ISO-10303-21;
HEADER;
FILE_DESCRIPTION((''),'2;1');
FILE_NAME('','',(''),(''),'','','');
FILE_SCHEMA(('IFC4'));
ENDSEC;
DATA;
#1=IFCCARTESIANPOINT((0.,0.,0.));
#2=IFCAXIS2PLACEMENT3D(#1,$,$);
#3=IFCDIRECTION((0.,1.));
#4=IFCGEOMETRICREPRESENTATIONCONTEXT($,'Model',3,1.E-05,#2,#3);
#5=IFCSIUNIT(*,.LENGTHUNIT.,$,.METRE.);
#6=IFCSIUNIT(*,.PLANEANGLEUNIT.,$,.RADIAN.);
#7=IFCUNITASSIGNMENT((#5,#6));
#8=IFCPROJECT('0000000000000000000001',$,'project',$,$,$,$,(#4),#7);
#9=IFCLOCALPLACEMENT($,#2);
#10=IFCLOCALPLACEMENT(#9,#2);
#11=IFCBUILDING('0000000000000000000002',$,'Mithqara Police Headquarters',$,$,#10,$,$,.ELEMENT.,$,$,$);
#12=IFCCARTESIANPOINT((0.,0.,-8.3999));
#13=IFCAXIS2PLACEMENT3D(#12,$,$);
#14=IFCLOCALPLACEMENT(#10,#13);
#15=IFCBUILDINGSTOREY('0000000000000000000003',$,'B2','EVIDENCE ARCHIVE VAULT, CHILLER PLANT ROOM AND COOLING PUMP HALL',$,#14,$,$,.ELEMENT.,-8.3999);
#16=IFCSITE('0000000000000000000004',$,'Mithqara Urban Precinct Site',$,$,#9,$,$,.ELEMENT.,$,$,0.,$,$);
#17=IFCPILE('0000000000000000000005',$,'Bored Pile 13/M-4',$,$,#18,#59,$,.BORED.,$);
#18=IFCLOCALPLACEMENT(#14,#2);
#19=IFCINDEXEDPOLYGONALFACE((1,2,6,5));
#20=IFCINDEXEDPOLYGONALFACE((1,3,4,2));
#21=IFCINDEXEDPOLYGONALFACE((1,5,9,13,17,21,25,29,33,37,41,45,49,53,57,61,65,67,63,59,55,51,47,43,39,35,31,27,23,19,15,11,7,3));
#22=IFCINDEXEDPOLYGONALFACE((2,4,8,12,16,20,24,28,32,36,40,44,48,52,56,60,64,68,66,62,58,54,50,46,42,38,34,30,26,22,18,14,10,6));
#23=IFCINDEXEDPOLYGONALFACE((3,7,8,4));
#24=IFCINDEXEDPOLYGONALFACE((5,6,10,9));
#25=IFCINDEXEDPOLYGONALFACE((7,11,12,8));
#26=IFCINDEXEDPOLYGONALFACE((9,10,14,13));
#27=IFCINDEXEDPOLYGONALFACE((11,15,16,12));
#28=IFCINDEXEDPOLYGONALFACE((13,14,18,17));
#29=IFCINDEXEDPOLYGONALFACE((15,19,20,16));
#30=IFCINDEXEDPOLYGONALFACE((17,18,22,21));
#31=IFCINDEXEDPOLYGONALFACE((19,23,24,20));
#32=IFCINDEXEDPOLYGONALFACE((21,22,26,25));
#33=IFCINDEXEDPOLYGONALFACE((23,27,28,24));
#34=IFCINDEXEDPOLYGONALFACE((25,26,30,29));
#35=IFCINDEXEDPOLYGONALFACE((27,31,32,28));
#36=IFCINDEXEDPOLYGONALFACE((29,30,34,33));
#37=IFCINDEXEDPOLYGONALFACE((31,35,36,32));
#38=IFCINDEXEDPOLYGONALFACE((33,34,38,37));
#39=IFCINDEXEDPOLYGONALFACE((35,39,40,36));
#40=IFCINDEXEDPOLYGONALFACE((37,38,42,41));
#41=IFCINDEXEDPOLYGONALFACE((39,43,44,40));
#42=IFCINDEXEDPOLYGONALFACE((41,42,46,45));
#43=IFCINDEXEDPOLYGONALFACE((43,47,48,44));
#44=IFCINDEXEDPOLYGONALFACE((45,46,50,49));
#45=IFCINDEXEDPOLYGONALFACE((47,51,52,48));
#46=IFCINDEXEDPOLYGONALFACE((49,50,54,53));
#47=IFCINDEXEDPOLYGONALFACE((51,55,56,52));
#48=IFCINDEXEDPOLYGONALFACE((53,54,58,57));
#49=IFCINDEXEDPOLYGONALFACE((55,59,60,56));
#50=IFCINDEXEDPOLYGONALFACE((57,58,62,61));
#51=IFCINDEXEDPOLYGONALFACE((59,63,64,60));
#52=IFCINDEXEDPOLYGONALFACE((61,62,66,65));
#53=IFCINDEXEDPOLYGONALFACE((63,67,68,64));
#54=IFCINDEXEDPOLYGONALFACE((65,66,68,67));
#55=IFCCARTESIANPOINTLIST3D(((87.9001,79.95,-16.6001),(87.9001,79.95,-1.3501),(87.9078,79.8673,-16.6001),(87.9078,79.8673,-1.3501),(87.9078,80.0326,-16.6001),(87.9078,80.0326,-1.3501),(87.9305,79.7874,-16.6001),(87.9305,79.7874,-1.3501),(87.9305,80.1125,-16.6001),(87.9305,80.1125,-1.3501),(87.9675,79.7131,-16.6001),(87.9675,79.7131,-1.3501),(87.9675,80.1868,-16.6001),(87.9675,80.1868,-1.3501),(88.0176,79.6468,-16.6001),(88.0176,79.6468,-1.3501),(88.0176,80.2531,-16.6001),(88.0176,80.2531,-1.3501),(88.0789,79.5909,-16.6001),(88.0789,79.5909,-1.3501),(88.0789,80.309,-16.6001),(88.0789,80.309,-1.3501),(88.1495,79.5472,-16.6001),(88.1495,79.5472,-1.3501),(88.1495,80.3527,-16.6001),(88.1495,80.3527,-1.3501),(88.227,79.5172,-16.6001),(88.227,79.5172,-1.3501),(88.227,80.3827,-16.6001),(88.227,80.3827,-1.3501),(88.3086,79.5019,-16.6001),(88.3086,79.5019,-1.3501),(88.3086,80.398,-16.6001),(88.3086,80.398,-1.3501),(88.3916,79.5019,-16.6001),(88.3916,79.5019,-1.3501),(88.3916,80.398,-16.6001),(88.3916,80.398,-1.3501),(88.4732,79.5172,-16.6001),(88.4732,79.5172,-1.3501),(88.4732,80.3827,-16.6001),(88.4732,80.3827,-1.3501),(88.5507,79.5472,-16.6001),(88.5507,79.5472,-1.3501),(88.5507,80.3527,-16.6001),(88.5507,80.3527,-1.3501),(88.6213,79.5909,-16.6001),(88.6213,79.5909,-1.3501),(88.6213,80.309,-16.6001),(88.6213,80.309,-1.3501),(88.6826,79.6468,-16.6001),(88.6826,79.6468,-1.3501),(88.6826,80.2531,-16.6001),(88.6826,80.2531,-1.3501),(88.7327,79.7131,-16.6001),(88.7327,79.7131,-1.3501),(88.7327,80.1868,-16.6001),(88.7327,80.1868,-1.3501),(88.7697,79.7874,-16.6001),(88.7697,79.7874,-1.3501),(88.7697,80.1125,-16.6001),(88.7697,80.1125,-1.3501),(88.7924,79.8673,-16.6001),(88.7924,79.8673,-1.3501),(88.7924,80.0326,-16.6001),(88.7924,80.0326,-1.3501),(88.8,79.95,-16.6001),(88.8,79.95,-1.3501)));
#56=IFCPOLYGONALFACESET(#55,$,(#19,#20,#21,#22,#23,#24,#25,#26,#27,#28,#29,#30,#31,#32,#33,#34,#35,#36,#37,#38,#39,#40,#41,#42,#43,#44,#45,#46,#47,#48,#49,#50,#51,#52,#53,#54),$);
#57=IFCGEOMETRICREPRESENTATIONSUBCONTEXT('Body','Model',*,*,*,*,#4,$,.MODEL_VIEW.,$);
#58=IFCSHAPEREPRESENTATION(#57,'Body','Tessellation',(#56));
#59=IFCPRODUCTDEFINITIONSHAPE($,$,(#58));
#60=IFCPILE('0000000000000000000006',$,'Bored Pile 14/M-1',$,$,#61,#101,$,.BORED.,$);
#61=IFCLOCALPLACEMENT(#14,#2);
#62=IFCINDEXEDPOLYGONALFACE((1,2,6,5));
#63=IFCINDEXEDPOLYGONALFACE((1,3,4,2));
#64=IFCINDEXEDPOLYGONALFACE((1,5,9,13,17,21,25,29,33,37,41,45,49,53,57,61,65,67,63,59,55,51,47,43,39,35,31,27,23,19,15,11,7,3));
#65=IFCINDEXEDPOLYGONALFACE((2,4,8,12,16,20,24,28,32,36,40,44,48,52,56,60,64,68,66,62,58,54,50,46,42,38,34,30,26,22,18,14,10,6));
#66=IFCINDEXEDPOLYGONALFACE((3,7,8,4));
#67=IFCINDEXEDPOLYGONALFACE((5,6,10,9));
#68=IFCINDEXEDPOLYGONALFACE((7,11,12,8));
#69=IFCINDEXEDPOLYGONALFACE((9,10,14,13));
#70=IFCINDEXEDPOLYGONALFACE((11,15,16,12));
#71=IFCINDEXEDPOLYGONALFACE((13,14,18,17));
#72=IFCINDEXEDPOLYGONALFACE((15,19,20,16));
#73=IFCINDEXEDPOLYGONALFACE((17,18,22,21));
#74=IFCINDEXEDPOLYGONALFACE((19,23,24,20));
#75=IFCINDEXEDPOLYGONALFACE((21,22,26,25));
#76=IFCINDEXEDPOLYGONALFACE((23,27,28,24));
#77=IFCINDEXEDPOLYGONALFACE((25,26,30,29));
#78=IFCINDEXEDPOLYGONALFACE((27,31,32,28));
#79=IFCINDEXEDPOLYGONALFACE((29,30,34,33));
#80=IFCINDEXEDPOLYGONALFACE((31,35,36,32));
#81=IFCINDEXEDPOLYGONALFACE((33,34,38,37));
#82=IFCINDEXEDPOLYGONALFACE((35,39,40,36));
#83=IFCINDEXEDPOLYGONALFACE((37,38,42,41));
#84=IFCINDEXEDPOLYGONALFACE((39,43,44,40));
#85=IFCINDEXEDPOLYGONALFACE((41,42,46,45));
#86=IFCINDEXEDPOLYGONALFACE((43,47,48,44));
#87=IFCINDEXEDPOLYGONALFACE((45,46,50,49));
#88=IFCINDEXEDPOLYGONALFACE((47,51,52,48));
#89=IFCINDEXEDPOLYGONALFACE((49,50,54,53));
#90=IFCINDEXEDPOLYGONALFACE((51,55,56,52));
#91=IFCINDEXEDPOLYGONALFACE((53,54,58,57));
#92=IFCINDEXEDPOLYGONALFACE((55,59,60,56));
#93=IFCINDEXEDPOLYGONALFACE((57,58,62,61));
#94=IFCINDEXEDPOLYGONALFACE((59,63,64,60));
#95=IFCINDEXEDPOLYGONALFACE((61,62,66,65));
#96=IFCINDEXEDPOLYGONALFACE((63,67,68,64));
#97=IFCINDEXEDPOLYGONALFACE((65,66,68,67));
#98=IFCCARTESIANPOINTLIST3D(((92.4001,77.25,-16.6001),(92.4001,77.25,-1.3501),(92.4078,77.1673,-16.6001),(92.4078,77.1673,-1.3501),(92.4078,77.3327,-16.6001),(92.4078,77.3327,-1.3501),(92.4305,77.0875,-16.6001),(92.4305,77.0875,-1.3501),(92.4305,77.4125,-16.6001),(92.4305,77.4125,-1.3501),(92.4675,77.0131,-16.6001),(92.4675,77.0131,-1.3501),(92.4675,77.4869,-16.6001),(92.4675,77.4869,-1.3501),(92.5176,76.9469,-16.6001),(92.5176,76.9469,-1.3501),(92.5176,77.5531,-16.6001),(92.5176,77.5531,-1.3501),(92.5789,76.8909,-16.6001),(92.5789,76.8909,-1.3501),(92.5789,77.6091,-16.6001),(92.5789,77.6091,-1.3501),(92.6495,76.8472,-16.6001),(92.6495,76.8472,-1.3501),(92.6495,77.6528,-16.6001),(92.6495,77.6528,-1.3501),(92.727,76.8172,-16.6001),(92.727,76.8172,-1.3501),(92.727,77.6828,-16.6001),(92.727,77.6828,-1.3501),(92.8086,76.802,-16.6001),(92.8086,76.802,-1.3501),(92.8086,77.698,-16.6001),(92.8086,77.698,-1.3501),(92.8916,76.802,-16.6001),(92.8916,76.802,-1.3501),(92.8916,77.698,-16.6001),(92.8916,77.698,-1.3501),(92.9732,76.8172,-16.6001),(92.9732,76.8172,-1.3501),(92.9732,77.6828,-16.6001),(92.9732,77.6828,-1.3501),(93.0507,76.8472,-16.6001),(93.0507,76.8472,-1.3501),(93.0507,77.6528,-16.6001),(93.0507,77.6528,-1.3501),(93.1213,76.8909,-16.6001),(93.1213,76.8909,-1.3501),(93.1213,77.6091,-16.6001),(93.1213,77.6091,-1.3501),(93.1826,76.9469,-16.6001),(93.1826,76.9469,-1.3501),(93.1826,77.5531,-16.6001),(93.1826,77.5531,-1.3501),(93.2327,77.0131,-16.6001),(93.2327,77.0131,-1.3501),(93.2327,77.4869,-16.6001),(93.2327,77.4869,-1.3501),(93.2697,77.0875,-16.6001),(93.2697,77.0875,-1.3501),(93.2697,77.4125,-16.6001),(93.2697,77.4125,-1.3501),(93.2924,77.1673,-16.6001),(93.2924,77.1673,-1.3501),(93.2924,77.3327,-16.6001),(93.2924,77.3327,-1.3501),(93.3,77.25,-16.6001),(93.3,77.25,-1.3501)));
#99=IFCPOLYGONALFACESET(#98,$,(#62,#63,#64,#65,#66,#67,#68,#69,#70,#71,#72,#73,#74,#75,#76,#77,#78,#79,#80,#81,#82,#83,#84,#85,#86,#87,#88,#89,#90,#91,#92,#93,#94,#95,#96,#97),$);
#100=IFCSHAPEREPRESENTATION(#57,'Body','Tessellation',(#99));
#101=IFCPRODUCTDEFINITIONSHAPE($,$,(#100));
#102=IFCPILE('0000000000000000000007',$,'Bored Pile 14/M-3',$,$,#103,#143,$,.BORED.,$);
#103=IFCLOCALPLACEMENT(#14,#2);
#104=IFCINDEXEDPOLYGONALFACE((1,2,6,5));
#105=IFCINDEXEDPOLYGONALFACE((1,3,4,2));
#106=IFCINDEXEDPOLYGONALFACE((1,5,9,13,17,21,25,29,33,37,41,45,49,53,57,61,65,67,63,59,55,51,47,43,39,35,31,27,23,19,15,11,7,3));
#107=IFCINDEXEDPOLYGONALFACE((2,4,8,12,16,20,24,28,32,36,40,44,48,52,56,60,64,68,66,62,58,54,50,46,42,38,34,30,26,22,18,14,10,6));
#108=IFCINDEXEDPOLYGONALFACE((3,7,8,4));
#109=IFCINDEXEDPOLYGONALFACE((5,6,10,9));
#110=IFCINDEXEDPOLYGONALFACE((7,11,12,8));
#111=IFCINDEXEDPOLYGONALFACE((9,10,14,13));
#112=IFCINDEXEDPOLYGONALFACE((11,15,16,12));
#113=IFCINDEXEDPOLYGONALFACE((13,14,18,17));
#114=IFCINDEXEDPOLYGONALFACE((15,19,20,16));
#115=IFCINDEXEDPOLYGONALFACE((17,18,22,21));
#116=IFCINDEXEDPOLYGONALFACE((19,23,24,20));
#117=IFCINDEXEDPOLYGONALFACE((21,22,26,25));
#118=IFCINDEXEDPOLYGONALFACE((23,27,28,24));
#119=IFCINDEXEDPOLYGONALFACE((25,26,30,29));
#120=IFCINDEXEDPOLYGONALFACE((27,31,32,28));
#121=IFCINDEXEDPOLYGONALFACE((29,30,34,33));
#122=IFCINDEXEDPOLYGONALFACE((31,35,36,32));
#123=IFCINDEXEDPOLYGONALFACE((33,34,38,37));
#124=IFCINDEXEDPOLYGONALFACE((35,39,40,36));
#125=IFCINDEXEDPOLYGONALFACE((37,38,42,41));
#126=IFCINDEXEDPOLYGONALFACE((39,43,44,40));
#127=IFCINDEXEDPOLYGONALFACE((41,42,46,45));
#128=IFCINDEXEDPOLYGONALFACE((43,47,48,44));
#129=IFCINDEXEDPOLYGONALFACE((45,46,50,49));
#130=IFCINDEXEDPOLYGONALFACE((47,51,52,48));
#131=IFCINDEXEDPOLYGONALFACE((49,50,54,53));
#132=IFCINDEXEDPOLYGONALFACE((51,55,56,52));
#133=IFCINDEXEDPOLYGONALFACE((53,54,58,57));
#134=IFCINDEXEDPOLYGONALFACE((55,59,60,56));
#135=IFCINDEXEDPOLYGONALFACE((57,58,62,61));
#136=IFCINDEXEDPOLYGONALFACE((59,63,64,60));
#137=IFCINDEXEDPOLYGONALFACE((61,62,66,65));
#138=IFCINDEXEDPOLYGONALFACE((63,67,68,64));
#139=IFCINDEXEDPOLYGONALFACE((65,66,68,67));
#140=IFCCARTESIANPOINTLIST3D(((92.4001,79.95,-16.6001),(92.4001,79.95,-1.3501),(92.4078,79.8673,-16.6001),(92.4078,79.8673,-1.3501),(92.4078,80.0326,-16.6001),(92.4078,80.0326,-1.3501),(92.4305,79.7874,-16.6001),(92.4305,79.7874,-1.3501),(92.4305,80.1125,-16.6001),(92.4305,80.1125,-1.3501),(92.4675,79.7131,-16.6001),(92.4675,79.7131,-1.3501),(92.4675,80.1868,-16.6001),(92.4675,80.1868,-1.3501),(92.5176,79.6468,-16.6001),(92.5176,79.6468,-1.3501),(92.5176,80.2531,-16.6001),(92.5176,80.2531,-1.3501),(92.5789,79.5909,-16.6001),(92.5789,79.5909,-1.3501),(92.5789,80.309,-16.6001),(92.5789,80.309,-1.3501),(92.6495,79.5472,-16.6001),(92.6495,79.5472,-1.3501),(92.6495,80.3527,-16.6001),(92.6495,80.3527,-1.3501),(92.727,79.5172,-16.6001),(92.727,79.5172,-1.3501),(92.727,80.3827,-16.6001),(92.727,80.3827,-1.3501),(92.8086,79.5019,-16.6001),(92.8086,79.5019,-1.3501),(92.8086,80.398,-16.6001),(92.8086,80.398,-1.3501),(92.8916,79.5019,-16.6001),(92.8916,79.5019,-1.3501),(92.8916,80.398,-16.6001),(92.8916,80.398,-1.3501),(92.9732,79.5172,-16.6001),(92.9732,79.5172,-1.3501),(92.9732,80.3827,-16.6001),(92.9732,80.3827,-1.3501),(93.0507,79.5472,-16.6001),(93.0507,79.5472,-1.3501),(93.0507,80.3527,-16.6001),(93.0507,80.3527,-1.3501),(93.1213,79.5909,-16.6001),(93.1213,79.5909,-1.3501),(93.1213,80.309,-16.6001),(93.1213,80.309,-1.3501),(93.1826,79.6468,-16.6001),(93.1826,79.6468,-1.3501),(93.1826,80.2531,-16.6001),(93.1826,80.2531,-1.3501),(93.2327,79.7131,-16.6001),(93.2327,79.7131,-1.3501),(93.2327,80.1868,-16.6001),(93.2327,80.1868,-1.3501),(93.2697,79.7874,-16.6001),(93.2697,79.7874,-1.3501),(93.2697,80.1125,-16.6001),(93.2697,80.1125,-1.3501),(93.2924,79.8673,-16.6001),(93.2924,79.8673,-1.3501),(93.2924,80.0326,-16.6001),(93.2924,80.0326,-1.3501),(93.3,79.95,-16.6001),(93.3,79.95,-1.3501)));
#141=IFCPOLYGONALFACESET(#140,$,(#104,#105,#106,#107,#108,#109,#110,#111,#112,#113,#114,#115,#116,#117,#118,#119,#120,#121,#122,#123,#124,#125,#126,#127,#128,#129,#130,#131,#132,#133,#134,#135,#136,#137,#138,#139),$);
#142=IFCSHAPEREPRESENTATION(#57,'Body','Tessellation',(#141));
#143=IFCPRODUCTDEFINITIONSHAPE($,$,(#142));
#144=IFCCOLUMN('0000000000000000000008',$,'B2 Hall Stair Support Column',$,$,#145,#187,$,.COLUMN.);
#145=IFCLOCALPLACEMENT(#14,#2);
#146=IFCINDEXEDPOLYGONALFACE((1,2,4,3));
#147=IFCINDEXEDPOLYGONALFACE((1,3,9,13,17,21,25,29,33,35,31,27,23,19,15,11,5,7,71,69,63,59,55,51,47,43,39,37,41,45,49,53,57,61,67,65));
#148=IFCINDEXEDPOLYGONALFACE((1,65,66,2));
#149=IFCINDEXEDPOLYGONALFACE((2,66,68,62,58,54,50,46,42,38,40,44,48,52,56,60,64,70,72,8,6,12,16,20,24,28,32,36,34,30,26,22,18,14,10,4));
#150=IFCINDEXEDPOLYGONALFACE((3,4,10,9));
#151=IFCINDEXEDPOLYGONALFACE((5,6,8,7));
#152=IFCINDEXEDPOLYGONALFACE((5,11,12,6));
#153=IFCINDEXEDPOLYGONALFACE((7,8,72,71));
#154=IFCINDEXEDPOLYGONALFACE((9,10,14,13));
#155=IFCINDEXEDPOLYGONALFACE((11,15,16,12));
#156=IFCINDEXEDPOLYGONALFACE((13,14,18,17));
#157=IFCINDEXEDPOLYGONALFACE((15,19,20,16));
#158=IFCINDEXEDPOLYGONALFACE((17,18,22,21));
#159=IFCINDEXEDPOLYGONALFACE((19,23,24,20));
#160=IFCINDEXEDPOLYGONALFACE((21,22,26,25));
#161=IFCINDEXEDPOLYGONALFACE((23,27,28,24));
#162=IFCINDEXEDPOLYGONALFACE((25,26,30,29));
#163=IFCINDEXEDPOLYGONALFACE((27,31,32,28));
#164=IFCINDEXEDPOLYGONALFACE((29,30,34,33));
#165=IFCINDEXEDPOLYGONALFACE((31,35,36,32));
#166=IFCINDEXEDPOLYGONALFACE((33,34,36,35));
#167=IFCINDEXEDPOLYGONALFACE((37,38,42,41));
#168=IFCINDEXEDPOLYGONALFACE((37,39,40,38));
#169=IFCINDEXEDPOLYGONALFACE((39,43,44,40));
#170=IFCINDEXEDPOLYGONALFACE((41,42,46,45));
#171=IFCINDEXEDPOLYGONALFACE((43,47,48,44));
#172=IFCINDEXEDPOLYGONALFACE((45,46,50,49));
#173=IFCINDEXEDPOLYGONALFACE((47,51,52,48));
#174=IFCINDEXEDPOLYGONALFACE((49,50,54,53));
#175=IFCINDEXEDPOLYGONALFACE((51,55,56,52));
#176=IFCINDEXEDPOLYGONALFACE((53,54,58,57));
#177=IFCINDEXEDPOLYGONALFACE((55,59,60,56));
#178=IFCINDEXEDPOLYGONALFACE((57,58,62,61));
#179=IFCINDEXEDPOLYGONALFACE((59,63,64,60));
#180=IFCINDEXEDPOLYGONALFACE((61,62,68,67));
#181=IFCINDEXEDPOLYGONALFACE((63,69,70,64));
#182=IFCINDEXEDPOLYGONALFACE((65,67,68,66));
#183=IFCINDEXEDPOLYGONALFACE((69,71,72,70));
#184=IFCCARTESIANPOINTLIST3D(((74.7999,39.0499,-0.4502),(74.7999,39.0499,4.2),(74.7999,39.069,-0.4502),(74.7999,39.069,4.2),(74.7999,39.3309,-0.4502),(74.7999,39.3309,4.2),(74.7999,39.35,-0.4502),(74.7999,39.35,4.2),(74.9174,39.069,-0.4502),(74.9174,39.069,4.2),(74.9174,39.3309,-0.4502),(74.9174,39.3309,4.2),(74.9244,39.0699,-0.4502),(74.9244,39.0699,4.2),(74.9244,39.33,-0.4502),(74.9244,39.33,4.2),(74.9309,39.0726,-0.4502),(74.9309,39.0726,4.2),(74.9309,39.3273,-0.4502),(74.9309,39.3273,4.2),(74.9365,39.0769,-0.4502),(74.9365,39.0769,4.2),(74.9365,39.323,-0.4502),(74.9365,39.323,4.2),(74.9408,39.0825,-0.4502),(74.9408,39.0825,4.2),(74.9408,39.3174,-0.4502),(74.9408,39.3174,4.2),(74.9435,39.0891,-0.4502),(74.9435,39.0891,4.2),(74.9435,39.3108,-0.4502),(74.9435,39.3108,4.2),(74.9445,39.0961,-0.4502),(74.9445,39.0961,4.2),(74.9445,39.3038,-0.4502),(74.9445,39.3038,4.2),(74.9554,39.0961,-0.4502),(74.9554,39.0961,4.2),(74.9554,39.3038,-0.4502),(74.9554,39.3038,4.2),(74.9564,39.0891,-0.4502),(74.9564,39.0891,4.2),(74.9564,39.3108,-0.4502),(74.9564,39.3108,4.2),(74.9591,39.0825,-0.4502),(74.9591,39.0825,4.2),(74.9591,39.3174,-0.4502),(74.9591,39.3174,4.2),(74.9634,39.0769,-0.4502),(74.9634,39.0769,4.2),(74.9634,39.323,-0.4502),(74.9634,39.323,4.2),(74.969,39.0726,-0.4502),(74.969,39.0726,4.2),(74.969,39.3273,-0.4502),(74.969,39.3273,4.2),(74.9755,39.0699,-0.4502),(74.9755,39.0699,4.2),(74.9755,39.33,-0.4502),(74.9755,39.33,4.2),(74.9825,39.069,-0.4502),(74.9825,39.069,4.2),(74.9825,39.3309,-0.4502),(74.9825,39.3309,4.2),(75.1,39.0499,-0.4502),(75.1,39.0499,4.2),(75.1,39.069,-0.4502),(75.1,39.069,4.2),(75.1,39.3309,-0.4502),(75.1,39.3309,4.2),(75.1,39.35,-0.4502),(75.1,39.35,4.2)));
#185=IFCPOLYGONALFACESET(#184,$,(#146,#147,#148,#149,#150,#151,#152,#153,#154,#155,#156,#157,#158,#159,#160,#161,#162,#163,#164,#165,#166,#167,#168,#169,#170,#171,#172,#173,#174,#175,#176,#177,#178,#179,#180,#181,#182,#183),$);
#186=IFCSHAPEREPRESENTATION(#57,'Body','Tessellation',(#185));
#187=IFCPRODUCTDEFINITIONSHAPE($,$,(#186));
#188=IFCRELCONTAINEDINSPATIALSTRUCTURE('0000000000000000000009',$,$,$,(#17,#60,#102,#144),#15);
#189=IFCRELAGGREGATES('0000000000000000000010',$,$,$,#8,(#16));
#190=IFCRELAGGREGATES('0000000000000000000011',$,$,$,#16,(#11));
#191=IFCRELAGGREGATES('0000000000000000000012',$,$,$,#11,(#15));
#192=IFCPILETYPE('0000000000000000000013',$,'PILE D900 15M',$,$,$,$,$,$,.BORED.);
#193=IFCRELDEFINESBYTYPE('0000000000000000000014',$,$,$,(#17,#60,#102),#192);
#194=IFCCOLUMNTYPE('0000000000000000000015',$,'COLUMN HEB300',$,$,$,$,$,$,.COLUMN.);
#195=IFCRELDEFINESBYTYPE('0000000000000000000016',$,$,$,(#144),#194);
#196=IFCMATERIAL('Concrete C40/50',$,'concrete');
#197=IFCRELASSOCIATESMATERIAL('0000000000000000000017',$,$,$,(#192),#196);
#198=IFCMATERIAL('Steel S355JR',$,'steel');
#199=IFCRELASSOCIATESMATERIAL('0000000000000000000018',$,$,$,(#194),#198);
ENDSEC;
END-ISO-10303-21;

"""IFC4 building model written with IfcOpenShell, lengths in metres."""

from ifc_helpers import new_model, si_unit, direction, frame, origin, origin_2d, place, context, subcontext, project, spatial, circle, i_section, extrude, material, material_profile, profile_set, type_object, element, save


model = new_model("IFC4")

# Units and contexts
model_context = context("Model", 3, precision=1e-05, world=origin(), true_north=direction((0.0, 1.0)))
body_context = subcontext(model_context, "Body", "Model", "MODEL_VIEW")
ifc_project = project(units=[si_unit("LENGTHUNIT", "METRE"), si_unit("PLANEANGLEUNIT", "RADIAN")], contexts=[model_context])

# Site, building, storey
site_placement = place(None, origin())
site = spatial("IfcSite", under=ifc_project, at=site_placement, Name="Mithqara Urban Precinct Site", CompositionType="ELEMENT", RefElevation=0.0)
building_placement = place(site_placement, origin())
building = spatial("IfcBuilding", under=site, at=building_placement, Name="Mithqara Police Headquarters", CompositionType="ELEMENT")
storey_placement = place(building_placement, frame((0.0, 0.0, -8.3999)))
storey = spatial("IfcBuildingStorey", under=building, at=storey_placement, Name="B2", Description="EVIDENCE ARCHIVE VAULT, CHILLER PLANT ROOM AND COOLING PUMP HALL", CompositionType="ELEMENT", Elevation=-8.3999)

# Shared definitions
ifc_material_1 = material(Name="Concrete C40/50", Category="concrete")

# Piles
ifc_material_profile_1 = material_profile(ifc_material_1, circle(Radius=0.45, at=origin_2d()), Name="PILE D900")
ifc_profile_set_1 = profile_set([ifc_material_profile_1], Name="Concrete C40/50")
pile_type_1 = type_object("IfcPileType", Name="PILE D900 15M", PredefinedType="BORED", material=ifc_profile_set_1)
for number, where, z_axis, x_axis, name in (
    (1, (88.3501, 79.95, -1.3501), (0.0, 0.0, -1.0), (1.0, 0.0, 0.0), "Bored Pile 13/M-4"),
    (2, (92.8501, 77.25, -1.3501), (0.0, 0.0, -1.0), (1.0, 0.0, 0.0), "Bored Pile 14/M-1"),
    (3, (92.8501, 79.95, -1.3501), (0.0, 0.0, -1.0), (1.0, 0.0, 0.0), "Bored Pile 14/M-3"),
):
    element("IfcPile", number, at=place(storey_placement, frame(where, z_axis=z_axis, x_axis=x_axis)), inside=storey, type_object=pile_type_1, Name=name, PredefinedType="BORED", context=body_context, shape_type="SweptSolid", body=[
        extrude(circle(Radius=0.45, at=origin_2d()), origin(), (0.0, 0.0, 1.0), 15.25),
    ])

# Column
ifc_material_2 = material(Name="Steel S355JR", Category="steel")
ifc_material_profile_2 = material_profile(ifc_material_2, i_section(OverallWidth=0.3, OverallDepth=0.3, WebThickness=0.011, FlangeThickness=0.019, FilletRadius=0.0271, at=origin_2d()), Name="HEB 300")
ifc_profile_set_2 = profile_set([ifc_material_profile_2], Name="Steel S355JR")
column_type_1 = type_object("IfcColumnType", Name="COLUMN HEB300", PredefinedType="COLUMN", material=ifc_profile_set_2)
for number, where, z_axis, x_axis, name in (
    (4, (74.95, 39.2, -0.4502), (0.0, 0.0, 1.0), (1.0, 0.0, 0.0), "B2 Hall Stair Support Column"),
):
    element("IfcColumn", number, at=place(storey_placement, frame(where, z_axis=z_axis, x_axis=x_axis)), inside=storey, type_object=column_type_1, Name=name, PredefinedType="COLUMN", context=body_context, shape_type="SweptSolid", body=[
        extrude(i_section(OverallWidth=0.3, OverallDepth=0.3, WebThickness=0.011, FlangeThickness=0.019, FilletRadius=0.0271, at=origin_2d()), origin(), (0.0, 0.0, 1.0), 4.6501),
    ])

save(model, "model.ifc")
